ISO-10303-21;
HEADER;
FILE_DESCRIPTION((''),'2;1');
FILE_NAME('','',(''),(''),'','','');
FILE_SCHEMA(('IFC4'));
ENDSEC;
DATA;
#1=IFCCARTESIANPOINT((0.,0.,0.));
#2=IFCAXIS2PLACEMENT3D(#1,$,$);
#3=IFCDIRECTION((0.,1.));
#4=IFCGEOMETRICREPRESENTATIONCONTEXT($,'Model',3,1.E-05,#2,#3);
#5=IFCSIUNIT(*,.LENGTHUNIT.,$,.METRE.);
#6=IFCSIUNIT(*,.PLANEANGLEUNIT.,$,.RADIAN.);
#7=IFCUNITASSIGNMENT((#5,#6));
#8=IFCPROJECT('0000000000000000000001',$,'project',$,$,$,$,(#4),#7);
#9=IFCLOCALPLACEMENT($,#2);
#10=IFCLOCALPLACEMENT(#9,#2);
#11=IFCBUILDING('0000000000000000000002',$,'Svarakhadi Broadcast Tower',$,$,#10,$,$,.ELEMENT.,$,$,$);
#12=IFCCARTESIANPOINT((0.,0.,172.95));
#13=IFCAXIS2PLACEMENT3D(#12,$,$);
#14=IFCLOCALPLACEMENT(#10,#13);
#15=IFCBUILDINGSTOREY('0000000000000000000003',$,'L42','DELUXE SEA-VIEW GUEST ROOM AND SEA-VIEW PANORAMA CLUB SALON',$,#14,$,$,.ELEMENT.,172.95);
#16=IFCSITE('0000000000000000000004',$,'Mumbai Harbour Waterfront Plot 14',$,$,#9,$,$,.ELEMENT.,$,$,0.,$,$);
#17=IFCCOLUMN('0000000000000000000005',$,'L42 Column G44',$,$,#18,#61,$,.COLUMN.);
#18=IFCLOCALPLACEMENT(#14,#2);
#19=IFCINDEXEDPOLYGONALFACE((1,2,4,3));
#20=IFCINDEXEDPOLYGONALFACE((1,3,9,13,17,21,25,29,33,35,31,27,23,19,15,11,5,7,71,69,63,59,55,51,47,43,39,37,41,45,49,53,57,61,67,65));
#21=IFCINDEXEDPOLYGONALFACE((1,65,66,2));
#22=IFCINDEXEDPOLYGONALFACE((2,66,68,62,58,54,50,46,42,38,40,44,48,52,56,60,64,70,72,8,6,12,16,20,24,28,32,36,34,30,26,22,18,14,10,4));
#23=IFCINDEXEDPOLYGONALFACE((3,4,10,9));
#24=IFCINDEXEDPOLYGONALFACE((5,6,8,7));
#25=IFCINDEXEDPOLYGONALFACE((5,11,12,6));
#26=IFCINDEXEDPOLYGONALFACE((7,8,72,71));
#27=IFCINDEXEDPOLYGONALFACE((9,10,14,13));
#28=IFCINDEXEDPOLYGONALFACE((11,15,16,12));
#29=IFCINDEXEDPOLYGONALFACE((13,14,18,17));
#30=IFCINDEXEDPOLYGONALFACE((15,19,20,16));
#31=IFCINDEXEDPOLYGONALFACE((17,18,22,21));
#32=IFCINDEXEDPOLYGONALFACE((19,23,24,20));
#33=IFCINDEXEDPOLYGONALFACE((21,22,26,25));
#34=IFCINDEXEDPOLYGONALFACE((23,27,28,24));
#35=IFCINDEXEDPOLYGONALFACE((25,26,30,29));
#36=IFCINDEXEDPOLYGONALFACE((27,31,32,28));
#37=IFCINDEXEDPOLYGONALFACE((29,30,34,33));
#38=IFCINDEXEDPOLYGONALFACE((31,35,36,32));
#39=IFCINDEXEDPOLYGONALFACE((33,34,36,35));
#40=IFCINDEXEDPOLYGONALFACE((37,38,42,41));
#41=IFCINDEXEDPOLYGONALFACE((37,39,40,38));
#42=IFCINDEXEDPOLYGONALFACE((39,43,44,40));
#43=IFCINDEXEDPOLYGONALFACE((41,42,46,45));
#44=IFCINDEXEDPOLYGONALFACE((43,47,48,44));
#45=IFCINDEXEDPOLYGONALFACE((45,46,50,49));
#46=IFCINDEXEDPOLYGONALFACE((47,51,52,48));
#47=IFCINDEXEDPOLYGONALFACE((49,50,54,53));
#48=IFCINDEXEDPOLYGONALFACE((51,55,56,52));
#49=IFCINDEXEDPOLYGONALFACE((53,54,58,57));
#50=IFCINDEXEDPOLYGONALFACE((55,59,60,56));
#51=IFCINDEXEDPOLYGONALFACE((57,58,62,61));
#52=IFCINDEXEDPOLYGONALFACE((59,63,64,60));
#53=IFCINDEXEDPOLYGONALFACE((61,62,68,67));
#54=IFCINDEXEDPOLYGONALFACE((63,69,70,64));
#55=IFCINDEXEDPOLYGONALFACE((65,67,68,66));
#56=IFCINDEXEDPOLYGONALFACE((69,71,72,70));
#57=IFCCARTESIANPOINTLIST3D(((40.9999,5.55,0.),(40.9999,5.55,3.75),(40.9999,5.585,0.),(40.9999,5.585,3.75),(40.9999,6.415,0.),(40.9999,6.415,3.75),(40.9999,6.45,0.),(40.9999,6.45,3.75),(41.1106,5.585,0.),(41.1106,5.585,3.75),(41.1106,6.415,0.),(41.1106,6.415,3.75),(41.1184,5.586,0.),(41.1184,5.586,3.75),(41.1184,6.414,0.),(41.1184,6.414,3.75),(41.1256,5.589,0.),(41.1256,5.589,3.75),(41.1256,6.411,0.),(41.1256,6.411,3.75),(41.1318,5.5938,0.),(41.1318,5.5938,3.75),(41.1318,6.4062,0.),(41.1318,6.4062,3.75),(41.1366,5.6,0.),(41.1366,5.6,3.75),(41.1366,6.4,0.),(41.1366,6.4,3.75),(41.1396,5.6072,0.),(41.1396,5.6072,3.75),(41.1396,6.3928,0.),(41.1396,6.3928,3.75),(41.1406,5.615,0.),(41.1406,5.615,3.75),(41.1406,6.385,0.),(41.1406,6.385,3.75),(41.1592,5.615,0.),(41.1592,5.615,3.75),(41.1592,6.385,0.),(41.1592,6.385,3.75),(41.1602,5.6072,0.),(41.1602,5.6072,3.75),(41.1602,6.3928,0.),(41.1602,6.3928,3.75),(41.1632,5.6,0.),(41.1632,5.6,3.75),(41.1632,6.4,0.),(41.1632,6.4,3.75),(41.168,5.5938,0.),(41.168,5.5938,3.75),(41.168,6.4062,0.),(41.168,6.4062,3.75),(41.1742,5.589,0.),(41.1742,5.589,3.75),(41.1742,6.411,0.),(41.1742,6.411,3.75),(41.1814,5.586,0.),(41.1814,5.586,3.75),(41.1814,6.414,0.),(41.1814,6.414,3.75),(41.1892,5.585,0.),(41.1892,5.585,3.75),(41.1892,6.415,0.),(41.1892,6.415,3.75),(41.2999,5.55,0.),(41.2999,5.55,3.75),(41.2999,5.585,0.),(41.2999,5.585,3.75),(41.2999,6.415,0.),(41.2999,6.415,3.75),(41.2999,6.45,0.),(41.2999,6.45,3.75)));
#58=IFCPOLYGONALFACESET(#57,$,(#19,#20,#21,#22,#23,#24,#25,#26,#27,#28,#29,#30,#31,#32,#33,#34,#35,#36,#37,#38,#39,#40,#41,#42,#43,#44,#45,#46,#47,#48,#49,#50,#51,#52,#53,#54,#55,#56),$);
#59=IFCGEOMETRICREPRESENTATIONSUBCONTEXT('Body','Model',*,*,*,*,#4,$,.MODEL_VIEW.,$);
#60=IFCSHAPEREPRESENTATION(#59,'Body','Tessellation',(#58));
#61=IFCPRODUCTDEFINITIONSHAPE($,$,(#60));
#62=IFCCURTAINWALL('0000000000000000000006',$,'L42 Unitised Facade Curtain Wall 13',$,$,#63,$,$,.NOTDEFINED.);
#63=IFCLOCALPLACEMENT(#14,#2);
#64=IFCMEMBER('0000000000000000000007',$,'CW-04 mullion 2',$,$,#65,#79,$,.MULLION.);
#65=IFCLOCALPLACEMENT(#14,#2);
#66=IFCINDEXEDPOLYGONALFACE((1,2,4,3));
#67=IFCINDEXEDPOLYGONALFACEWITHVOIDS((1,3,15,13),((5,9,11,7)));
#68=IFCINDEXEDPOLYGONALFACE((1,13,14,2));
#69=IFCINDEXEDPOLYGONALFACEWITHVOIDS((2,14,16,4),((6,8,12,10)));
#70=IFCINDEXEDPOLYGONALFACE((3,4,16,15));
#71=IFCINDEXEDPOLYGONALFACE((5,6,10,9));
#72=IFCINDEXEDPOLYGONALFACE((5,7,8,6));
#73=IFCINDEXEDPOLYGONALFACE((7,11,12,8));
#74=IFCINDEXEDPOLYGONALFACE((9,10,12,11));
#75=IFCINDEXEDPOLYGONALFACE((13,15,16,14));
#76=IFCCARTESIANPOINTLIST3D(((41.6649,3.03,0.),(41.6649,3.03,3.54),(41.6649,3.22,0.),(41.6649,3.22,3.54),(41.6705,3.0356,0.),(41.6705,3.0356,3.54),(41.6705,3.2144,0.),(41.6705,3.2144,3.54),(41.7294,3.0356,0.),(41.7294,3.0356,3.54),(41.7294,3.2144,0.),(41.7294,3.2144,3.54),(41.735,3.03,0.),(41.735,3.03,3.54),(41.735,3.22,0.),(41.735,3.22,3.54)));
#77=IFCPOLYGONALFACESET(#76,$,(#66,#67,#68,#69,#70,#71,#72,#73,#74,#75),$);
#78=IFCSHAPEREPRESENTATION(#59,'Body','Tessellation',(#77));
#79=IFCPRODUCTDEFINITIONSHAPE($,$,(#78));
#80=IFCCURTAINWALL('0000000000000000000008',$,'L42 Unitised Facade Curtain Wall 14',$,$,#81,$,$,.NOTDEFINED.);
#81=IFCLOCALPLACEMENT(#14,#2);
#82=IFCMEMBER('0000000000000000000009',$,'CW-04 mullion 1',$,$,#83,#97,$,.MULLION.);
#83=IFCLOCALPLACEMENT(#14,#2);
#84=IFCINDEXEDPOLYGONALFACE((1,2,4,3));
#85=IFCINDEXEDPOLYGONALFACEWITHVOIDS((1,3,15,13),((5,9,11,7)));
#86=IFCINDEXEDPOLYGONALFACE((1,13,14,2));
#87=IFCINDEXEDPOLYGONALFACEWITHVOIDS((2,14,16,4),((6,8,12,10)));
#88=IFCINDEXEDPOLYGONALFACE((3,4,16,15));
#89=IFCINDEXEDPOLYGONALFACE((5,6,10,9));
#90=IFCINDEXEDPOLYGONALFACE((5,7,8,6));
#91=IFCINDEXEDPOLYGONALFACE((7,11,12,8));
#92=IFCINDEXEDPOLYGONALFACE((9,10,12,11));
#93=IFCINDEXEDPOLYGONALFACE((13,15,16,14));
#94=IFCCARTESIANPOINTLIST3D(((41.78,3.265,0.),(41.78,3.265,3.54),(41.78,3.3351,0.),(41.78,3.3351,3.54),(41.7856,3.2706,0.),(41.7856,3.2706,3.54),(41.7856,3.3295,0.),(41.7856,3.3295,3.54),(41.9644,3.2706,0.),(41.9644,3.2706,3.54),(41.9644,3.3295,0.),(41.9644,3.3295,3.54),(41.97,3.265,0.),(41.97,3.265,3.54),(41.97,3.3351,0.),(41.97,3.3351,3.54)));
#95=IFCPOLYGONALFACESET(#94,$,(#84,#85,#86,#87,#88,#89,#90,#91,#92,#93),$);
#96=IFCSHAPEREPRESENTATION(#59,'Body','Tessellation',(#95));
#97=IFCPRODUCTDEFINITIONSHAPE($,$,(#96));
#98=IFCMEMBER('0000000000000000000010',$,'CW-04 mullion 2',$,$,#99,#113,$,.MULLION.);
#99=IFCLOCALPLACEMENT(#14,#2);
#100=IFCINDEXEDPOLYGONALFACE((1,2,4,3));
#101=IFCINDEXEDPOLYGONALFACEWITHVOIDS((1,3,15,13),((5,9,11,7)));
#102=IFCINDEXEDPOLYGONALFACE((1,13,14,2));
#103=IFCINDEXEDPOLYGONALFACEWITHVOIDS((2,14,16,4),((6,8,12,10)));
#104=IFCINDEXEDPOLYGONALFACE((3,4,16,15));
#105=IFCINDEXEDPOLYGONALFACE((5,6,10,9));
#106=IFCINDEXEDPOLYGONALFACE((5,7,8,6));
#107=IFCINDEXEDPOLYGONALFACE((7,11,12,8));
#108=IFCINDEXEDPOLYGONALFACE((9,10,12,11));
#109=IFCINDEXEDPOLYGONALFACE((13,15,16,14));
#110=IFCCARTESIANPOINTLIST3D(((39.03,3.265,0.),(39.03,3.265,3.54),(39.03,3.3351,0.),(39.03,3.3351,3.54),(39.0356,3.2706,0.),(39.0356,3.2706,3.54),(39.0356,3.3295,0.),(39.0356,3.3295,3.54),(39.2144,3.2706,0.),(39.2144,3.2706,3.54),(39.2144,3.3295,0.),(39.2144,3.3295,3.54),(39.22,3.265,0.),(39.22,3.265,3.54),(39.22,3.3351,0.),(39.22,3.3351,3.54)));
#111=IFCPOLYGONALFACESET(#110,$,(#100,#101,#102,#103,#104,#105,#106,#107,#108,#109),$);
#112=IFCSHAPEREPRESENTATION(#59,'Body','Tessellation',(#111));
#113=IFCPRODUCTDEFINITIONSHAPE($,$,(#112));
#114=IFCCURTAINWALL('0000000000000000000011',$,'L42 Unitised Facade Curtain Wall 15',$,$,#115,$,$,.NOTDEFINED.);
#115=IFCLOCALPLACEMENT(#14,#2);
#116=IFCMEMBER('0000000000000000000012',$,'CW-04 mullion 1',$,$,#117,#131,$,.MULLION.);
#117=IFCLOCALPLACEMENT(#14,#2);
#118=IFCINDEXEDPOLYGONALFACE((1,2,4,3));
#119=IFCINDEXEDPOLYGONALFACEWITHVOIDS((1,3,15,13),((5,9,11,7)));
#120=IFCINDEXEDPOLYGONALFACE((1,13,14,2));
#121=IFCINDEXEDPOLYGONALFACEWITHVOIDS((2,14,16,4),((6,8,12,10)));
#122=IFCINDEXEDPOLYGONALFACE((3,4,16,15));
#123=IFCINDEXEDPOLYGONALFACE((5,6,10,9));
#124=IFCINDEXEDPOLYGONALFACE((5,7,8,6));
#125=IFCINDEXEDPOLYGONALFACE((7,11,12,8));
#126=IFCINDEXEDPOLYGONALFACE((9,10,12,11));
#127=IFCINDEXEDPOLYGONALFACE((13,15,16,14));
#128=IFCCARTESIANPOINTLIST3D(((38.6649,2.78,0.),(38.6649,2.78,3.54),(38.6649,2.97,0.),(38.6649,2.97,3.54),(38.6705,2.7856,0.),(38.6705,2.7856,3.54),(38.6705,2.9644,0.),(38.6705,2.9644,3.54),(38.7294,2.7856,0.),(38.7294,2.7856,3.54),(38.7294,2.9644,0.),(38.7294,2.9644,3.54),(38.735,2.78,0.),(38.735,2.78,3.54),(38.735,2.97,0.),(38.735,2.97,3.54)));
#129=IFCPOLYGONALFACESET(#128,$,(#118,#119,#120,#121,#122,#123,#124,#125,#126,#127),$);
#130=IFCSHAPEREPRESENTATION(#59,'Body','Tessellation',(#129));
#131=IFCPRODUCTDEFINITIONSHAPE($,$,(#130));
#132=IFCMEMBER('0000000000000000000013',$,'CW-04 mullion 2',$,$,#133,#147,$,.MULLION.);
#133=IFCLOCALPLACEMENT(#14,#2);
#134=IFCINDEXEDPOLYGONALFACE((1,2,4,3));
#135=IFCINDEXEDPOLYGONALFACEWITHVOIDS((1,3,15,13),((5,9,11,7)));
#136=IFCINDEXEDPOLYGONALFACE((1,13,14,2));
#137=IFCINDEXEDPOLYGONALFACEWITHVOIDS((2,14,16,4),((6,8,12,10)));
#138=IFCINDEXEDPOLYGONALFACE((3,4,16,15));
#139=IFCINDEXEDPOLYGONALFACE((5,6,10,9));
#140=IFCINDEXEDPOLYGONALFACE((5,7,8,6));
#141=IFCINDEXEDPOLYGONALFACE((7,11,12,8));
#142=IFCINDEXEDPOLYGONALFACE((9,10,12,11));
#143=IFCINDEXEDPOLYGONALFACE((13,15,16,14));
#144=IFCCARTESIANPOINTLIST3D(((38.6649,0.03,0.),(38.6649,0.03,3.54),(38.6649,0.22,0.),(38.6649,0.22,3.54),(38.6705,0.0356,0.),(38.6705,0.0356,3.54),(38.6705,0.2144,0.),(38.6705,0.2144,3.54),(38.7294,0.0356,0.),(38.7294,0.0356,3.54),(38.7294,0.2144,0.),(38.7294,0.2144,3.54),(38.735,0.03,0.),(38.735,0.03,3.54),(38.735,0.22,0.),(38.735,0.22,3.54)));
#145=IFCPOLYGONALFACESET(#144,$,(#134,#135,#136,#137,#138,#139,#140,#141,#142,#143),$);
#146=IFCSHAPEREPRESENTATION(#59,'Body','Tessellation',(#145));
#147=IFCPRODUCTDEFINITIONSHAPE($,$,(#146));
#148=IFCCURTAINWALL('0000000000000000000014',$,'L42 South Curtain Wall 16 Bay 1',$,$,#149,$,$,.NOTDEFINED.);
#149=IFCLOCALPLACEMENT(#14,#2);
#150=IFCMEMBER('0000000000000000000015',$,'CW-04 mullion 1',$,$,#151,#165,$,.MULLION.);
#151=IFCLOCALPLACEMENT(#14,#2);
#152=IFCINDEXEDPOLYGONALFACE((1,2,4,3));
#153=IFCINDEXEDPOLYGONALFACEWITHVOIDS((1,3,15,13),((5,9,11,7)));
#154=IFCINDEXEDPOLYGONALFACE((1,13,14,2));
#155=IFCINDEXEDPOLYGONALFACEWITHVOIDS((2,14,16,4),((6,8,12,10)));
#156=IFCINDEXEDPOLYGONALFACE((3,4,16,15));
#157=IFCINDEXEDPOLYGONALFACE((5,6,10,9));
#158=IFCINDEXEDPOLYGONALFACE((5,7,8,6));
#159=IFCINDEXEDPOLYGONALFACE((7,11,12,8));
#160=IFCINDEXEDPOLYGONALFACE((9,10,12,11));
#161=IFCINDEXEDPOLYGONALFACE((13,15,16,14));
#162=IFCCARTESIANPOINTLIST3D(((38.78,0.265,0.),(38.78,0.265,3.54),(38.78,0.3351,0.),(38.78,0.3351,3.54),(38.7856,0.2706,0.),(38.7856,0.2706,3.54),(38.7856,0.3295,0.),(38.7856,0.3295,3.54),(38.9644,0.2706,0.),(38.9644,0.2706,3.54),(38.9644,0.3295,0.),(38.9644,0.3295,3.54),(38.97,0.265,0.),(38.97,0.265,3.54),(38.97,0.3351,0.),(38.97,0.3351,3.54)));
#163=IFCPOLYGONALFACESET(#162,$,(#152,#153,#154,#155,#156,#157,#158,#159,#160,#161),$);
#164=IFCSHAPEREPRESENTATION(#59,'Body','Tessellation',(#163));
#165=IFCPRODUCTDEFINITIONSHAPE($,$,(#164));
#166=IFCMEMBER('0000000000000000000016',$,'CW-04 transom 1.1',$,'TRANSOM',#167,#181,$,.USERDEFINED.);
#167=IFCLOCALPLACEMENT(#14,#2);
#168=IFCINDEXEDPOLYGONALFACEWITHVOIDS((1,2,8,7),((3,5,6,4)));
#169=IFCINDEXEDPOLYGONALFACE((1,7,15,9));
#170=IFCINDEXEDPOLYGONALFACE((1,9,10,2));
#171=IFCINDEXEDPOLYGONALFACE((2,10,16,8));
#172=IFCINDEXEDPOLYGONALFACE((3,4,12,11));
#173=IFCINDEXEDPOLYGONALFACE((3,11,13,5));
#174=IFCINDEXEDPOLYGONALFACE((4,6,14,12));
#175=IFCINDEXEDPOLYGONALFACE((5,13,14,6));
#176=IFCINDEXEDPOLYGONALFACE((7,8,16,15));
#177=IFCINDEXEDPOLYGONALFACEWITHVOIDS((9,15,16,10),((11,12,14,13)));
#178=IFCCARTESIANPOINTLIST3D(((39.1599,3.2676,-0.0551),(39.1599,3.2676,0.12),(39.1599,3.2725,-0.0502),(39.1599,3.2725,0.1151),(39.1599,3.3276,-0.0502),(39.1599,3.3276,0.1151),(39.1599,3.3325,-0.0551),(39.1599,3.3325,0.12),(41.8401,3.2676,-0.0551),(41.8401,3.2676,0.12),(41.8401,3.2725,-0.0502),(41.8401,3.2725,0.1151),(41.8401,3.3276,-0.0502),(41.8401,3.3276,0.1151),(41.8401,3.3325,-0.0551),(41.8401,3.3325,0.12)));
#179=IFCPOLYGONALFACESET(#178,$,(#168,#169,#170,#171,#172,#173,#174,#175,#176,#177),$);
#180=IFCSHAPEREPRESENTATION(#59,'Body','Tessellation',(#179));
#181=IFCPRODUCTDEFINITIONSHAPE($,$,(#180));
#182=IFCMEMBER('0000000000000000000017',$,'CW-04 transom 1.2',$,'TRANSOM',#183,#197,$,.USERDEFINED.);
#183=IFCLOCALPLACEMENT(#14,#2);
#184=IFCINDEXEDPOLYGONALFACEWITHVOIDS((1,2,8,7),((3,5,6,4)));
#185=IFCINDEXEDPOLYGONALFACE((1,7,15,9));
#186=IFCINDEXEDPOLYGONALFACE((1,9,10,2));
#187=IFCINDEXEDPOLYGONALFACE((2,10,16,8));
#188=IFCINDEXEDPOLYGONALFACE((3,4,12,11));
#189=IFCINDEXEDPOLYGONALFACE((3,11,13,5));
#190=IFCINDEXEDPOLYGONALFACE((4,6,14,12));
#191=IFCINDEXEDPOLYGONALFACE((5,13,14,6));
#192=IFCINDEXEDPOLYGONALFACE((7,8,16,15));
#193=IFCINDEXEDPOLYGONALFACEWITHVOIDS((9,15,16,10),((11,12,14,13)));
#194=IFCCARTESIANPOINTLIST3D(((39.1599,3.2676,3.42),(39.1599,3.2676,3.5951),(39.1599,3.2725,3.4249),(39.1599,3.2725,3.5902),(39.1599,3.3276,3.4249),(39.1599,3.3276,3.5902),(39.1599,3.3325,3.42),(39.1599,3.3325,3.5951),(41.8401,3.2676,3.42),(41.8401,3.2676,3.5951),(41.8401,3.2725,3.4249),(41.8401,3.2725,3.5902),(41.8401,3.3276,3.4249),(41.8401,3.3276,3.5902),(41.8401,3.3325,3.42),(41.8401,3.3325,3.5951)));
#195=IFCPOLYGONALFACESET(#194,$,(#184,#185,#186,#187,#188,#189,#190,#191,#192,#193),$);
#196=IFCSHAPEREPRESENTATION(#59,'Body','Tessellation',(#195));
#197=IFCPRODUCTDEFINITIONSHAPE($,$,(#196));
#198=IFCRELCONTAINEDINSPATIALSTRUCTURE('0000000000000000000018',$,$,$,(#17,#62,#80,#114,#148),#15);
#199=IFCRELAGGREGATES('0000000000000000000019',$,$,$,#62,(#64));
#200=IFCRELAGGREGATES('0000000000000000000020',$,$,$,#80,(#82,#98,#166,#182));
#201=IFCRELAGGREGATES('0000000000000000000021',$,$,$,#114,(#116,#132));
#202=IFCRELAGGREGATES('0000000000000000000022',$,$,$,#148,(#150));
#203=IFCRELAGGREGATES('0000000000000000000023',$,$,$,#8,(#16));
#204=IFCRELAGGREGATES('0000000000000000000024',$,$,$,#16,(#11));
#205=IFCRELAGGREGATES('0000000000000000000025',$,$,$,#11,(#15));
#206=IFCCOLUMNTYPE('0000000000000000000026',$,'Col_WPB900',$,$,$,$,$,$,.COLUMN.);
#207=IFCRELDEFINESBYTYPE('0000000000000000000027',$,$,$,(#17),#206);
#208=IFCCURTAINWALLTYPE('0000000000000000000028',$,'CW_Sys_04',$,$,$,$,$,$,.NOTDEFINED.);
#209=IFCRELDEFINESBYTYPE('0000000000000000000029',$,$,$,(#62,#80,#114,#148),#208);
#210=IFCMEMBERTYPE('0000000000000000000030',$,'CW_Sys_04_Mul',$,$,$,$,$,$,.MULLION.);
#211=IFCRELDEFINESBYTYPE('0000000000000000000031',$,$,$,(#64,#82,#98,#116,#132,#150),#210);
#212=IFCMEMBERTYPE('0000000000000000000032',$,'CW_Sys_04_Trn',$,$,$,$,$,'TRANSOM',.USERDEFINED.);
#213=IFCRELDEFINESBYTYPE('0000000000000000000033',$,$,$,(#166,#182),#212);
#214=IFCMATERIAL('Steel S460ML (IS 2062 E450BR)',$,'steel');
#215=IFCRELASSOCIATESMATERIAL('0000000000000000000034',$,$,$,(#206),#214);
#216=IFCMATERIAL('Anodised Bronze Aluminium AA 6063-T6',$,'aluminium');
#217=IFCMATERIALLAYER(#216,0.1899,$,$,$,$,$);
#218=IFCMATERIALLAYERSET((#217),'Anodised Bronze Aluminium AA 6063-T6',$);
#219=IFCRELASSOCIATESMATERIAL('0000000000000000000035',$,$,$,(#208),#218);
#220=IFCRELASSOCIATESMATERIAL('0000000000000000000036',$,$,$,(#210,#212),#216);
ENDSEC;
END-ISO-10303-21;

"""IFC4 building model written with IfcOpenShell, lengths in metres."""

from ifc_helpers import new_model, si_unit, direction, frame, origin, origin_2d, place, context, subcontext, project, spatial, hollow_rectangle, i_section, extrude, material, layer, layer_set, material_profile, profile_set, type_object, element, aggregate, save


model = new_model("IFC4")

# Units and contexts
model_context = context("Model", 3, precision=1e-05, world=origin(), true_north=direction((0.0, 1.0)))
body_context = subcontext(model_context, "Body", "Model", "MODEL_VIEW")
ifc_project = project(units=[si_unit("LENGTHUNIT", "METRE"), si_unit("PLANEANGLEUNIT", "RADIAN")], contexts=[model_context])

# Site, building, storey
site_placement = place(None, origin())
site = spatial("IfcSite", under=ifc_project, at=site_placement, Name="Mumbai Harbour Waterfront Plot 14", CompositionType="ELEMENT", RefElevation=0.0)
building_placement = place(site_placement, origin())
building = spatial("IfcBuilding", under=site, at=building_placement, Name="Svarakhadi Broadcast Tower", CompositionType="ELEMENT")
storey_placement = place(building_placement, frame((0.0, 0.0, 172.95)))
storey = spatial("IfcBuildingStorey", under=building, at=storey_placement, Name="L42", Description="DELUXE SEA-VIEW GUEST ROOM AND SEA-VIEW PANORAMA CLUB SALON", CompositionType="ELEMENT", Elevation=172.95)

# Column
ifc_material_1 = material(Name="Steel S460ML (IS 2062 E450BR)", Category="steel")
ifc_material_profile_1 = material_profile(ifc_material_1, i_section(OverallWidth=0.3, OverallDepth=0.8999, WebThickness=0.0186, FlangeThickness=0.0349, FilletRadius=0.03, at=origin_2d()), Name="WPB 900x300x291")
ifc_profile_set_1 = profile_set([ifc_material_profile_1], Name="Steel S460ML (IS 2062 E450BR)")
column_type = type_object("IfcColumnType", Name="Col_WPB900", PredefinedType="COLUMN", material=ifc_profile_set_1)
column_placement = place(storey_placement, frame((41.1499, 6.0, 0.0), z_axis=(0.0, 0.0, 1.0), x_axis=(1.0, 0.0, 0.0)))
element("IfcColumn", 1, at=column_placement, inside=storey, type_object=column_type, Name="L42 Column G44", PredefinedType="COLUMN", context=body_context, shape_type="SweptSolid", body=[
    extrude(i_section(OverallWidth=0.3, OverallDepth=0.8999, WebThickness=0.0186, FlangeThickness=0.0349, FilletRadius=0.03, at=origin_2d()), origin(), (0.0, 0.0, 1.0), 3.75),
])

# Curtain wall, member
ifc_material_2 = material(Name="Anodised Bronze Aluminium AA 6063-T6", Category="aluminium")
ifc_layer_1 = layer(ifc_material_2, 0.1899)
ifc_layer_set_1 = layer_set([ifc_layer_1], Name="Anodised Bronze Aluminium AA 6063-T6")
curtain_wall_type = type_object("IfcCurtainWallType", Name="CW_Sys_04", PredefinedType="NOTDEFINED", material=ifc_layer_set_1)
curtain_wall_1_placement = place(storey_placement, origin())
curtain_wall_1 = element("IfcCurtainWall", 2, at=curtain_wall_1_placement, inside=storey, type_object=curtain_wall_type, Name="L42 Unitised Facade Curtain Wall 13", PredefinedType="NOTDEFINED")
ifc_material_profile_2 = material_profile(ifc_material_2, hollow_rectangle(XDim=0.0701, YDim=0.1899, WallThickness=0.0056, at=origin_2d()), Name="ALU MULLION 190x70x6")
ifc_profile_set_2 = profile_set([ifc_material_profile_2], Name="Anodised Bronze Aluminium AA 6063-T6")
member_type_1 = type_object("IfcMemberType", Name="CW_Sys_04_Mul", PredefinedType="MULLION", material=ifc_profile_set_2)
member_1_placement = place(storey_placement, frame((41.7, 3.125, 0.0), z_axis=(0.0, 0.0, 1.0), x_axis=(1.0, 0.0, 0.0)))
member_1 = element("IfcMember", 3, at=member_1_placement, type_object=member_type_1, Name="CW-04 mullion 2", PredefinedType="MULLION", context=body_context, shape_type="SweptSolid", body=[
    extrude(hollow_rectangle(XDim=0.0701, YDim=0.1899, WallThickness=0.0056, at=origin_2d()), origin(), (0.0, 0.0, 1.0), 3.54),
])
aggregate(curtain_wall_1, [member_1])

# Curtain walls, members
curtain_wall_2_placement = place(storey_placement, origin())
curtain_wall_2 = element("IfcCurtainWall", 4, at=curtain_wall_2_placement, inside=storey, type_object=curtain_wall_type, Name="L42 Unitised Facade Curtain Wall 14", PredefinedType="NOTDEFINED")
member_2_placement = place(storey_placement, frame((41.875, 3.3, 0.0), z_axis=(0.0, 0.0, 1.0), x_axis=(0.0, -1.0, 0.0)))
member_2 = element("IfcMember", 5, at=member_2_placement, type_object=member_type_1, Name="CW-04 mullion 1", PredefinedType="MULLION", context=body_context, shape_type="SweptSolid", body=[
    extrude(hollow_rectangle(XDim=0.0701, YDim=0.1899, WallThickness=0.0056, at=origin_2d()), origin(), (0.0, 0.0, 1.0), 3.54),
])
member_3_placement = place(storey_placement, frame((39.125, 3.3, 0.0), z_axis=(0.0, 0.0, 1.0), x_axis=(0.0, -1.0, 0.0)))
member_3 = element("IfcMember", 6, at=member_3_placement, type_object=member_type_1, Name="CW-04 mullion 2", PredefinedType="MULLION", context=body_context, shape_type="SweptSolid", body=[
    extrude(hollow_rectangle(XDim=0.0701, YDim=0.1899, WallThickness=0.0056, at=origin_2d()), origin(), (0.0, 0.0, 1.0), 3.54),
])
curtain_wall_3_placement = place(storey_placement, origin())
curtain_wall_3 = element("IfcCurtainWall", 7, at=curtain_wall_3_placement, inside=storey, type_object=curtain_wall_type, Name="L42 Unitised Facade Curtain Wall 15", PredefinedType="NOTDEFINED")
member_4_placement = place(storey_placement, frame((38.7, 2.875, 0.0), z_axis=(0.0, 0.0, 1.0), x_axis=(1.0, 0.0, 0.0)))
member_4 = element("IfcMember", 8, at=member_4_placement, type_object=member_type_1, Name="CW-04 mullion 1", PredefinedType="MULLION", context=body_context, shape_type="SweptSolid", body=[
    extrude(hollow_rectangle(XDim=0.0701, YDim=0.1899, WallThickness=0.0056, at=origin_2d()), origin(), (0.0, 0.0, 1.0), 3.54),
])
member_5_placement = place(storey_placement, frame((38.7, 0.125, 0.0), z_axis=(0.0, 0.0, 1.0), x_axis=(1.0, 0.0, 0.0)))
member_5 = element("IfcMember", 9, at=member_5_placement, type_object=member_type_1, Name="CW-04 mullion 2", PredefinedType="MULLION", context=body_context, shape_type="SweptSolid", body=[
    extrude(hollow_rectangle(XDim=0.0701, YDim=0.1899, WallThickness=0.0056, at=origin_2d()), origin(), (0.0, 0.0, 1.0), 3.54),
])

# Curtain wall, member
curtain_wall_4_placement = place(storey_placement, origin())
curtain_wall_4 = element("IfcCurtainWall", 10, at=curtain_wall_4_placement, inside=storey, type_object=curtain_wall_type, Name="L42 South Curtain Wall 16 Bay 1", PredefinedType="NOTDEFINED")
member_6_placement = place(storey_placement, frame((38.875, 0.3, 0.0), z_axis=(0.0, 0.0, 1.0), x_axis=(0.0, -1.0, 0.0)))
member_6 = element("IfcMember", 11, at=member_6_placement, type_object=member_type_1, Name="CW-04 mullion 1", PredefinedType="MULLION", context=body_context, shape_type="SweptSolid", body=[
    extrude(hollow_rectangle(XDim=0.0701, YDim=0.1899, WallThickness=0.0056, at=origin_2d()), origin(), (0.0, 0.0, 1.0), 3.54),
])

# Members
ifc_material_profile_3 = material_profile(ifc_material_2, hollow_rectangle(XDim=0.0649, YDim=0.175, WallThickness=0.0049, at=origin_2d()), Name="ALU TRANSOM 175x65x5")
ifc_profile_set_3 = profile_set([ifc_material_profile_3], Name="Anodised Bronze Aluminium AA 6063-T6")
member_type_2 = type_object("IfcMemberType", Name="CW_Sys_04_Trn", ElementType="TRANSOM", PredefinedType="USERDEFINED", material=ifc_profile_set_3)
member_7_placement = place(storey_placement, frame((41.8401, 3.3, 0.0325), z_axis=(-1.0, 0.0, 0.0), x_axis=(0.0, -1.0, 0.0)))
member_7 = element("IfcMember", 12, at=member_7_placement, type_object=member_type_2, Name="CW-04 transom 1.1", ObjectType="TRANSOM", PredefinedType="USERDEFINED", context=body_context, shape_type="SweptSolid", body=[
    extrude(hollow_rectangle(XDim=0.0649, YDim=0.175, WallThickness=0.0049, at=origin_2d()), origin(), (0.0, 0.0, 1.0), 2.6802),
])
member_8_placement = place(storey_placement, frame((41.8401, 3.3, 3.5076), z_axis=(-1.0, 0.0, 0.0), x_axis=(0.0, -1.0, 0.0)))
member_8 = element("IfcMember", 13, at=member_8_placement, type_object=member_type_2, Name="CW-04 transom 1.2", ObjectType="TRANSOM", PredefinedType="USERDEFINED", context=body_context, shape_type="SweptSolid", body=[
    extrude(hollow_rectangle(XDim=0.0649, YDim=0.175, WallThickness=0.0049, at=origin_2d()), origin(), (0.0, 0.0, 1.0), 2.6802),
])

aggregate(curtain_wall_2, [member_2, member_3, member_7, member_8])
aggregate(curtain_wall_3, [member_4, member_5])
aggregate(curtain_wall_4, [member_6])

save(model, "model.ifc")
